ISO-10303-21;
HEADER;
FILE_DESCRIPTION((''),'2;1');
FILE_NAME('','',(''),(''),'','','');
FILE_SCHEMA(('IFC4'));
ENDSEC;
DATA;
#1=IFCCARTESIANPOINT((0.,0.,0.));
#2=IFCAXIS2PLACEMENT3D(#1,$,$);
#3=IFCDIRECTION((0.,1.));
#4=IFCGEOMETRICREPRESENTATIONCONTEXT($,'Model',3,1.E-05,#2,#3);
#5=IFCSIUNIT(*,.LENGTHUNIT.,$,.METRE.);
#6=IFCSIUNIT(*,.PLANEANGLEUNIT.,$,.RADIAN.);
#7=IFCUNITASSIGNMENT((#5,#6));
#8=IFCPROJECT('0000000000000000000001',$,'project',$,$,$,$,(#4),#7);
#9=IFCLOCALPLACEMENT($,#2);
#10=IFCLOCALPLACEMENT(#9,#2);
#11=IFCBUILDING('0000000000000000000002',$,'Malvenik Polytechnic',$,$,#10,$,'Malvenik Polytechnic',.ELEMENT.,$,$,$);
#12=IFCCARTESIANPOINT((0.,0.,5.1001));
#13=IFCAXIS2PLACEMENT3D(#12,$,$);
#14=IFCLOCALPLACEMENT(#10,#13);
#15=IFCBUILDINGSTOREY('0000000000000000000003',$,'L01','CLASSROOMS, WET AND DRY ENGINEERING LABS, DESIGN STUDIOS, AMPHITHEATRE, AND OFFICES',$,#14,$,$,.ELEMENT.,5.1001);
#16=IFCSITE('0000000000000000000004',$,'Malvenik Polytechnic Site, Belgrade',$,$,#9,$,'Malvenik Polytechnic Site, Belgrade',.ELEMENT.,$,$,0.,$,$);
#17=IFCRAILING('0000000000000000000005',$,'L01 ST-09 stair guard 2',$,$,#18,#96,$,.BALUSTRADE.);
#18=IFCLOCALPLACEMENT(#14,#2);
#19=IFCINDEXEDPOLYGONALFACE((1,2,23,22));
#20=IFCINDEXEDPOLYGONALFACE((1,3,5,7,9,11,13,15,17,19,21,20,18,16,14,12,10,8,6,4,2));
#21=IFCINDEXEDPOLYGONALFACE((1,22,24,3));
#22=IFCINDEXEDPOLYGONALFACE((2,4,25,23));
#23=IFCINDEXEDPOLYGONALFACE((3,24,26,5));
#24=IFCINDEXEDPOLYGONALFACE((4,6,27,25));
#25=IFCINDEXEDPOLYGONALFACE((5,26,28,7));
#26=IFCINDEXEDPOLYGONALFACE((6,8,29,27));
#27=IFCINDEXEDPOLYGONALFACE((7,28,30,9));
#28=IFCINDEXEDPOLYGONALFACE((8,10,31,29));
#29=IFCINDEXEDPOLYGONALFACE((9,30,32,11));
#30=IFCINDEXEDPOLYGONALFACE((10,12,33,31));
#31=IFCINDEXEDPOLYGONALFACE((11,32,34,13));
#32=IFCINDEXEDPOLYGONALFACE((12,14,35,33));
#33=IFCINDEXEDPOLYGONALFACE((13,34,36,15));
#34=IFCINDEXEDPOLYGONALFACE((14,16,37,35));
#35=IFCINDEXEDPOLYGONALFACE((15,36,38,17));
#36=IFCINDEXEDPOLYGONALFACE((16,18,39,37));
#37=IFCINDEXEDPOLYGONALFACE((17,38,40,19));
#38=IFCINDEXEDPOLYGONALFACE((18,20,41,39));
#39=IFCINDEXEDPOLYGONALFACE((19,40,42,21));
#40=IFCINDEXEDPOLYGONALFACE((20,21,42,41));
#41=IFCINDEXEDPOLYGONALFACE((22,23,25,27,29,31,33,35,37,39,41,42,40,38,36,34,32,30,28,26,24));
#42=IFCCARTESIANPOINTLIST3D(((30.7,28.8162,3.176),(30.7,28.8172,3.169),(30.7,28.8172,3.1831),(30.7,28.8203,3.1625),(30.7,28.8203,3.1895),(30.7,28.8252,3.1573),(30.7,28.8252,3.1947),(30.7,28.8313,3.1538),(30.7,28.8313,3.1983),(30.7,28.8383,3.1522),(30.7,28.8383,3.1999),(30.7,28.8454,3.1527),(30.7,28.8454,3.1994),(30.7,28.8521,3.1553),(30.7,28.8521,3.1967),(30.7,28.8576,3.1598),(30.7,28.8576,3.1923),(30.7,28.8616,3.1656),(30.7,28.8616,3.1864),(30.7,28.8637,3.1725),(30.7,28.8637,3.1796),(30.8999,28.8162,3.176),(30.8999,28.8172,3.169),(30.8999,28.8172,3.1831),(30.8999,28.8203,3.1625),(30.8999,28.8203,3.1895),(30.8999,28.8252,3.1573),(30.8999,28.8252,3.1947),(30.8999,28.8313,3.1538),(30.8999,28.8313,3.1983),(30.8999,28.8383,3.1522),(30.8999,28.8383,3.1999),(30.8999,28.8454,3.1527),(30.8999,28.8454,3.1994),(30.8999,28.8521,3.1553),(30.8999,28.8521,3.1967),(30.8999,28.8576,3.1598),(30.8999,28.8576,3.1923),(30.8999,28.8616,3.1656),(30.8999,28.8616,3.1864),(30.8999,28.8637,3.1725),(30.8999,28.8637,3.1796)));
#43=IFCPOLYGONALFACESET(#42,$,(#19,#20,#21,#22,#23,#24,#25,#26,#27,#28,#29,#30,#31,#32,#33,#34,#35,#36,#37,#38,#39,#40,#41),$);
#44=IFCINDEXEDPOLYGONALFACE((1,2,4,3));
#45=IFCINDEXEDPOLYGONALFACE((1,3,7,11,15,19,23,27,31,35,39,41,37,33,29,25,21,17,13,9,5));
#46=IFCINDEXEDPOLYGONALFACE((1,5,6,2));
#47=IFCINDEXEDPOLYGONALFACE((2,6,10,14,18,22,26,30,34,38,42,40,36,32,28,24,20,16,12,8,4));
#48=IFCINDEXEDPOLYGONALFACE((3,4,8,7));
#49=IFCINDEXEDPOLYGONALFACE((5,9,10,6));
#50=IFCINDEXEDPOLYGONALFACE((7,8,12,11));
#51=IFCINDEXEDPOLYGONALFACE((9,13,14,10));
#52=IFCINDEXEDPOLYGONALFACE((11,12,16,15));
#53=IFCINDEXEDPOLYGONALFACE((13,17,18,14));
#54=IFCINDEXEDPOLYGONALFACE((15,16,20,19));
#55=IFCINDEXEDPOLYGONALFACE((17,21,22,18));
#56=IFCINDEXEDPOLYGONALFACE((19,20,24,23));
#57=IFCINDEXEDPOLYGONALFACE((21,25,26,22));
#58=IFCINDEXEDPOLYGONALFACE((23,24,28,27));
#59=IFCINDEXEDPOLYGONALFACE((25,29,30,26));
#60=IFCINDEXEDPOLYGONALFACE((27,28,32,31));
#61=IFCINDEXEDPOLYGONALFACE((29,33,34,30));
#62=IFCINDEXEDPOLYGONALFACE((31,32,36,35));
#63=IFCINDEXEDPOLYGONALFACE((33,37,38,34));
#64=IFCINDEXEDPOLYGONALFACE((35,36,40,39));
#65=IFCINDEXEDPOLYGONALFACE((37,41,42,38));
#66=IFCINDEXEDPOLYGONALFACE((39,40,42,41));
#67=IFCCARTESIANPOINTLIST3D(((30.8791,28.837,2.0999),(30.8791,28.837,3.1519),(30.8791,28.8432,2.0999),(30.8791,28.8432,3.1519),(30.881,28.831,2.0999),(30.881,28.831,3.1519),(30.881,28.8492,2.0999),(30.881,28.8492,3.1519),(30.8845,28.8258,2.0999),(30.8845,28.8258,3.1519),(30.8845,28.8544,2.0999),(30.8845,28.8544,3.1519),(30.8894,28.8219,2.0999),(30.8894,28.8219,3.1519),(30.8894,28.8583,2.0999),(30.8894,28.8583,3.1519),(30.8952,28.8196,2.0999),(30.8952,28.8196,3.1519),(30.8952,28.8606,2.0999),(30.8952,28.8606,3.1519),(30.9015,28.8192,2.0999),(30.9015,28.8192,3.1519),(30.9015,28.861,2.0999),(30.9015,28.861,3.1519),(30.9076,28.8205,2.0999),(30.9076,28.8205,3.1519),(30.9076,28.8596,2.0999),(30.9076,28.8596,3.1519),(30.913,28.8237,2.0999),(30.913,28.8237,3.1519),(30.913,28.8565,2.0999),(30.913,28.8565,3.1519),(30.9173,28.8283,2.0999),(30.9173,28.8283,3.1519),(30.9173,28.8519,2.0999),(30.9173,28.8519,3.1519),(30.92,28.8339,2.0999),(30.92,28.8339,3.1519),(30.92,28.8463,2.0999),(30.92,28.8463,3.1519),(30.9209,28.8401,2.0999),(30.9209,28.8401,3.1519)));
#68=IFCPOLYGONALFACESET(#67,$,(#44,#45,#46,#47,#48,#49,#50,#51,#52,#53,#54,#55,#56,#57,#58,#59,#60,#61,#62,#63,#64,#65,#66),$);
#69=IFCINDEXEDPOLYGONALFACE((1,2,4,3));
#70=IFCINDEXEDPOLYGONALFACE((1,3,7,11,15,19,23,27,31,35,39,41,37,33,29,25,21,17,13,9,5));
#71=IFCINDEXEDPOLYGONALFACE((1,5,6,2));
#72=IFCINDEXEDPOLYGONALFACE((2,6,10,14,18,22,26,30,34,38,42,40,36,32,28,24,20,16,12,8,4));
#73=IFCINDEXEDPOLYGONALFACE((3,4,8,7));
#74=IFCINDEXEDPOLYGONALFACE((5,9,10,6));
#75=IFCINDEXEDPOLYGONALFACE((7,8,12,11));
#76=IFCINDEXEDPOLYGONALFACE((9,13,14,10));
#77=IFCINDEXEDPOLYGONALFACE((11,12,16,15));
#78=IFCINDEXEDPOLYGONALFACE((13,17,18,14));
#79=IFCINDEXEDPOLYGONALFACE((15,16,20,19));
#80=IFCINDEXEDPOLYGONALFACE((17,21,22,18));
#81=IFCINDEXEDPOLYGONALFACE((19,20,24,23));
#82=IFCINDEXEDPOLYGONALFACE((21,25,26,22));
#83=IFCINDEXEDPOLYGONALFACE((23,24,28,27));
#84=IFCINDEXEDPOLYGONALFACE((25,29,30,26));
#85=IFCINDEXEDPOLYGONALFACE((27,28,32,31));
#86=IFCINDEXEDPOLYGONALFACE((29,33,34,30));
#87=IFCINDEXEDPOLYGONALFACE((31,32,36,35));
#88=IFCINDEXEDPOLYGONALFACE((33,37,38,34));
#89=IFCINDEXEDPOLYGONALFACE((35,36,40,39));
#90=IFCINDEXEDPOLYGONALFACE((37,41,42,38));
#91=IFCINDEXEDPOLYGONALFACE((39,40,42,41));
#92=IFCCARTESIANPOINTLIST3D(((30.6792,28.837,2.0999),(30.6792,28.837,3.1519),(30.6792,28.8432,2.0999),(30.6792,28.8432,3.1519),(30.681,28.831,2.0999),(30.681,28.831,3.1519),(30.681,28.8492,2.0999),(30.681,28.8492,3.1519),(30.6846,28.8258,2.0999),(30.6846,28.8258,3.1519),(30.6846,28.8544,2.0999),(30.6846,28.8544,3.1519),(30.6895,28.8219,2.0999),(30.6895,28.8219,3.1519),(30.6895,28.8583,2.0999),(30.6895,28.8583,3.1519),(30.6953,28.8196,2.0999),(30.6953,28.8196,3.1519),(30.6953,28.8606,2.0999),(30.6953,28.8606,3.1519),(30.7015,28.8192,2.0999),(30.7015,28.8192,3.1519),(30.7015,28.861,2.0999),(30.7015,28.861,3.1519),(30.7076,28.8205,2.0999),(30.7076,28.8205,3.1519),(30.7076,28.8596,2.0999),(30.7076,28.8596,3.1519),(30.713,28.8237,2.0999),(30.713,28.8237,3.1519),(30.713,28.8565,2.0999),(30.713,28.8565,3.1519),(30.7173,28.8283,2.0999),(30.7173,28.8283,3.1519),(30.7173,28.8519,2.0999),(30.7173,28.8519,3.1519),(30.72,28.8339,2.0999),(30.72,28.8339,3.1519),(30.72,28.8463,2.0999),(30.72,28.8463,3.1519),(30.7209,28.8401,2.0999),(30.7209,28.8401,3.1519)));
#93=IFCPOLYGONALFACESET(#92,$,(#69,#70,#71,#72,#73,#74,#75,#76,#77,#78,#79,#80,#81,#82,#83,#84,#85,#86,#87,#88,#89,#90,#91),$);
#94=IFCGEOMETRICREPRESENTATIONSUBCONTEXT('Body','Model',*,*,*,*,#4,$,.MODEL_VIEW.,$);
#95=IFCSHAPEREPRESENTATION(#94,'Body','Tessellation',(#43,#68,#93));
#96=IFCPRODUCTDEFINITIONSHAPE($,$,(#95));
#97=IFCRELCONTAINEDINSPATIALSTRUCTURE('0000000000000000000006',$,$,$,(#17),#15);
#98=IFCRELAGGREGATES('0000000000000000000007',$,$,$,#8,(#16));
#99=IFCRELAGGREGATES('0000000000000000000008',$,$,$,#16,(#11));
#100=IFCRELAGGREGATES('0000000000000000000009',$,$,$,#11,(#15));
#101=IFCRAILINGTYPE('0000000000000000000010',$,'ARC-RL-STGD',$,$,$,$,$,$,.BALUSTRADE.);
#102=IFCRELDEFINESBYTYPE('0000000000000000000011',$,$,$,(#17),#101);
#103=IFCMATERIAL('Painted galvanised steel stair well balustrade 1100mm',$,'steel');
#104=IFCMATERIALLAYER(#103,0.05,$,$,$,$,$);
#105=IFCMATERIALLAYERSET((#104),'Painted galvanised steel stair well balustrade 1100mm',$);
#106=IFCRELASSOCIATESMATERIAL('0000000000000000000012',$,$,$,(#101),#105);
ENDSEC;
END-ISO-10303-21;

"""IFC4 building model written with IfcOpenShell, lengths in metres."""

from ifc_helpers import new_model, si_unit, direction, frame, origin, origin_2d, place, context, subcontext, project, spatial, circle, extrude, material, layer, layer_set, type_object, element, save


model = new_model("IFC4")

# Units and contexts
model_context = context("Model", 3, precision=1e-05, world=origin(), true_north=direction((0.0, 1.0)))
body_context = subcontext(model_context, "Body", "Model", "MODEL_VIEW")
ifc_project = project(units=[si_unit("LENGTHUNIT", "METRE"), si_unit("PLANEANGLEUNIT", "RADIAN")], contexts=[model_context])

# Site, building, storey
site_placement = place(None, origin())
site = spatial("IfcSite", under=ifc_project, at=site_placement, Name="Malvenik Polytechnic Site, Belgrade", LongName="Malvenik Polytechnic Site, Belgrade", CompositionType="ELEMENT", RefElevation=0.0)
building_placement = place(site_placement, origin())
building = spatial("IfcBuilding", under=site, at=building_placement, Name="Malvenik Polytechnic", LongName="Malvenik Polytechnic", CompositionType="ELEMENT")
storey_placement = place(building_placement, frame((0.0, 0.0, 5.1001)))
storey = spatial("IfcBuildingStorey", under=building, at=storey_placement, Name="L01", Description="CLASSROOMS, WET AND DRY ENGINEERING LABS, DESIGN STUDIOS, AMPHITHEATRE, AND OFFICES", CompositionType="ELEMENT", Elevation=5.1001)

# Railing
ifc_material_1 = material(Name="Painted galvanised steel stair well balustrade 1100mm", Category="steel")
ifc_layer_1 = layer(ifc_material_1, 0.05)
ifc_layer_set_1 = layer_set([ifc_layer_1], Name="Painted galvanised steel stair well balustrade 1100mm")
railing_type_1 = type_object("IfcRailingType", Name="ARC-RL-STGD", PredefinedType="BALUSTRADE", material=ifc_layer_set_1)
railing_1_placement = place(storey_placement, frame((30.8999, 28.8401, 2.0999)))
element("IfcRailing", 1, at=railing_1_placement, inside=storey, type_object=railing_type_1, Name="L01 ST-09 stair guard 2", PredefinedType="BALUSTRADE", context=body_context, shape_type="SweptSolid", body=[
    extrude(circle(Radius=0.0239, at=origin_2d()), frame((0.0, 0.0, 1.0762), z_axis=(-1.0, 0.0, 0.0), x_axis=(0.0, -1.0, 0.0)), (0.0, 0.0, 1.0), 0.2),
    extrude(circle(Radius=0.021, at=origin_2d()), origin(), (0.0, 0.0, 1.0), 1.052),
    extrude(circle(Radius=0.021, at=origin_2d()), frame((-0.2, 0.0, 0.0)), (0.0, 0.0, 1.0), 1.052),
])

save(model, "model.ifc")
